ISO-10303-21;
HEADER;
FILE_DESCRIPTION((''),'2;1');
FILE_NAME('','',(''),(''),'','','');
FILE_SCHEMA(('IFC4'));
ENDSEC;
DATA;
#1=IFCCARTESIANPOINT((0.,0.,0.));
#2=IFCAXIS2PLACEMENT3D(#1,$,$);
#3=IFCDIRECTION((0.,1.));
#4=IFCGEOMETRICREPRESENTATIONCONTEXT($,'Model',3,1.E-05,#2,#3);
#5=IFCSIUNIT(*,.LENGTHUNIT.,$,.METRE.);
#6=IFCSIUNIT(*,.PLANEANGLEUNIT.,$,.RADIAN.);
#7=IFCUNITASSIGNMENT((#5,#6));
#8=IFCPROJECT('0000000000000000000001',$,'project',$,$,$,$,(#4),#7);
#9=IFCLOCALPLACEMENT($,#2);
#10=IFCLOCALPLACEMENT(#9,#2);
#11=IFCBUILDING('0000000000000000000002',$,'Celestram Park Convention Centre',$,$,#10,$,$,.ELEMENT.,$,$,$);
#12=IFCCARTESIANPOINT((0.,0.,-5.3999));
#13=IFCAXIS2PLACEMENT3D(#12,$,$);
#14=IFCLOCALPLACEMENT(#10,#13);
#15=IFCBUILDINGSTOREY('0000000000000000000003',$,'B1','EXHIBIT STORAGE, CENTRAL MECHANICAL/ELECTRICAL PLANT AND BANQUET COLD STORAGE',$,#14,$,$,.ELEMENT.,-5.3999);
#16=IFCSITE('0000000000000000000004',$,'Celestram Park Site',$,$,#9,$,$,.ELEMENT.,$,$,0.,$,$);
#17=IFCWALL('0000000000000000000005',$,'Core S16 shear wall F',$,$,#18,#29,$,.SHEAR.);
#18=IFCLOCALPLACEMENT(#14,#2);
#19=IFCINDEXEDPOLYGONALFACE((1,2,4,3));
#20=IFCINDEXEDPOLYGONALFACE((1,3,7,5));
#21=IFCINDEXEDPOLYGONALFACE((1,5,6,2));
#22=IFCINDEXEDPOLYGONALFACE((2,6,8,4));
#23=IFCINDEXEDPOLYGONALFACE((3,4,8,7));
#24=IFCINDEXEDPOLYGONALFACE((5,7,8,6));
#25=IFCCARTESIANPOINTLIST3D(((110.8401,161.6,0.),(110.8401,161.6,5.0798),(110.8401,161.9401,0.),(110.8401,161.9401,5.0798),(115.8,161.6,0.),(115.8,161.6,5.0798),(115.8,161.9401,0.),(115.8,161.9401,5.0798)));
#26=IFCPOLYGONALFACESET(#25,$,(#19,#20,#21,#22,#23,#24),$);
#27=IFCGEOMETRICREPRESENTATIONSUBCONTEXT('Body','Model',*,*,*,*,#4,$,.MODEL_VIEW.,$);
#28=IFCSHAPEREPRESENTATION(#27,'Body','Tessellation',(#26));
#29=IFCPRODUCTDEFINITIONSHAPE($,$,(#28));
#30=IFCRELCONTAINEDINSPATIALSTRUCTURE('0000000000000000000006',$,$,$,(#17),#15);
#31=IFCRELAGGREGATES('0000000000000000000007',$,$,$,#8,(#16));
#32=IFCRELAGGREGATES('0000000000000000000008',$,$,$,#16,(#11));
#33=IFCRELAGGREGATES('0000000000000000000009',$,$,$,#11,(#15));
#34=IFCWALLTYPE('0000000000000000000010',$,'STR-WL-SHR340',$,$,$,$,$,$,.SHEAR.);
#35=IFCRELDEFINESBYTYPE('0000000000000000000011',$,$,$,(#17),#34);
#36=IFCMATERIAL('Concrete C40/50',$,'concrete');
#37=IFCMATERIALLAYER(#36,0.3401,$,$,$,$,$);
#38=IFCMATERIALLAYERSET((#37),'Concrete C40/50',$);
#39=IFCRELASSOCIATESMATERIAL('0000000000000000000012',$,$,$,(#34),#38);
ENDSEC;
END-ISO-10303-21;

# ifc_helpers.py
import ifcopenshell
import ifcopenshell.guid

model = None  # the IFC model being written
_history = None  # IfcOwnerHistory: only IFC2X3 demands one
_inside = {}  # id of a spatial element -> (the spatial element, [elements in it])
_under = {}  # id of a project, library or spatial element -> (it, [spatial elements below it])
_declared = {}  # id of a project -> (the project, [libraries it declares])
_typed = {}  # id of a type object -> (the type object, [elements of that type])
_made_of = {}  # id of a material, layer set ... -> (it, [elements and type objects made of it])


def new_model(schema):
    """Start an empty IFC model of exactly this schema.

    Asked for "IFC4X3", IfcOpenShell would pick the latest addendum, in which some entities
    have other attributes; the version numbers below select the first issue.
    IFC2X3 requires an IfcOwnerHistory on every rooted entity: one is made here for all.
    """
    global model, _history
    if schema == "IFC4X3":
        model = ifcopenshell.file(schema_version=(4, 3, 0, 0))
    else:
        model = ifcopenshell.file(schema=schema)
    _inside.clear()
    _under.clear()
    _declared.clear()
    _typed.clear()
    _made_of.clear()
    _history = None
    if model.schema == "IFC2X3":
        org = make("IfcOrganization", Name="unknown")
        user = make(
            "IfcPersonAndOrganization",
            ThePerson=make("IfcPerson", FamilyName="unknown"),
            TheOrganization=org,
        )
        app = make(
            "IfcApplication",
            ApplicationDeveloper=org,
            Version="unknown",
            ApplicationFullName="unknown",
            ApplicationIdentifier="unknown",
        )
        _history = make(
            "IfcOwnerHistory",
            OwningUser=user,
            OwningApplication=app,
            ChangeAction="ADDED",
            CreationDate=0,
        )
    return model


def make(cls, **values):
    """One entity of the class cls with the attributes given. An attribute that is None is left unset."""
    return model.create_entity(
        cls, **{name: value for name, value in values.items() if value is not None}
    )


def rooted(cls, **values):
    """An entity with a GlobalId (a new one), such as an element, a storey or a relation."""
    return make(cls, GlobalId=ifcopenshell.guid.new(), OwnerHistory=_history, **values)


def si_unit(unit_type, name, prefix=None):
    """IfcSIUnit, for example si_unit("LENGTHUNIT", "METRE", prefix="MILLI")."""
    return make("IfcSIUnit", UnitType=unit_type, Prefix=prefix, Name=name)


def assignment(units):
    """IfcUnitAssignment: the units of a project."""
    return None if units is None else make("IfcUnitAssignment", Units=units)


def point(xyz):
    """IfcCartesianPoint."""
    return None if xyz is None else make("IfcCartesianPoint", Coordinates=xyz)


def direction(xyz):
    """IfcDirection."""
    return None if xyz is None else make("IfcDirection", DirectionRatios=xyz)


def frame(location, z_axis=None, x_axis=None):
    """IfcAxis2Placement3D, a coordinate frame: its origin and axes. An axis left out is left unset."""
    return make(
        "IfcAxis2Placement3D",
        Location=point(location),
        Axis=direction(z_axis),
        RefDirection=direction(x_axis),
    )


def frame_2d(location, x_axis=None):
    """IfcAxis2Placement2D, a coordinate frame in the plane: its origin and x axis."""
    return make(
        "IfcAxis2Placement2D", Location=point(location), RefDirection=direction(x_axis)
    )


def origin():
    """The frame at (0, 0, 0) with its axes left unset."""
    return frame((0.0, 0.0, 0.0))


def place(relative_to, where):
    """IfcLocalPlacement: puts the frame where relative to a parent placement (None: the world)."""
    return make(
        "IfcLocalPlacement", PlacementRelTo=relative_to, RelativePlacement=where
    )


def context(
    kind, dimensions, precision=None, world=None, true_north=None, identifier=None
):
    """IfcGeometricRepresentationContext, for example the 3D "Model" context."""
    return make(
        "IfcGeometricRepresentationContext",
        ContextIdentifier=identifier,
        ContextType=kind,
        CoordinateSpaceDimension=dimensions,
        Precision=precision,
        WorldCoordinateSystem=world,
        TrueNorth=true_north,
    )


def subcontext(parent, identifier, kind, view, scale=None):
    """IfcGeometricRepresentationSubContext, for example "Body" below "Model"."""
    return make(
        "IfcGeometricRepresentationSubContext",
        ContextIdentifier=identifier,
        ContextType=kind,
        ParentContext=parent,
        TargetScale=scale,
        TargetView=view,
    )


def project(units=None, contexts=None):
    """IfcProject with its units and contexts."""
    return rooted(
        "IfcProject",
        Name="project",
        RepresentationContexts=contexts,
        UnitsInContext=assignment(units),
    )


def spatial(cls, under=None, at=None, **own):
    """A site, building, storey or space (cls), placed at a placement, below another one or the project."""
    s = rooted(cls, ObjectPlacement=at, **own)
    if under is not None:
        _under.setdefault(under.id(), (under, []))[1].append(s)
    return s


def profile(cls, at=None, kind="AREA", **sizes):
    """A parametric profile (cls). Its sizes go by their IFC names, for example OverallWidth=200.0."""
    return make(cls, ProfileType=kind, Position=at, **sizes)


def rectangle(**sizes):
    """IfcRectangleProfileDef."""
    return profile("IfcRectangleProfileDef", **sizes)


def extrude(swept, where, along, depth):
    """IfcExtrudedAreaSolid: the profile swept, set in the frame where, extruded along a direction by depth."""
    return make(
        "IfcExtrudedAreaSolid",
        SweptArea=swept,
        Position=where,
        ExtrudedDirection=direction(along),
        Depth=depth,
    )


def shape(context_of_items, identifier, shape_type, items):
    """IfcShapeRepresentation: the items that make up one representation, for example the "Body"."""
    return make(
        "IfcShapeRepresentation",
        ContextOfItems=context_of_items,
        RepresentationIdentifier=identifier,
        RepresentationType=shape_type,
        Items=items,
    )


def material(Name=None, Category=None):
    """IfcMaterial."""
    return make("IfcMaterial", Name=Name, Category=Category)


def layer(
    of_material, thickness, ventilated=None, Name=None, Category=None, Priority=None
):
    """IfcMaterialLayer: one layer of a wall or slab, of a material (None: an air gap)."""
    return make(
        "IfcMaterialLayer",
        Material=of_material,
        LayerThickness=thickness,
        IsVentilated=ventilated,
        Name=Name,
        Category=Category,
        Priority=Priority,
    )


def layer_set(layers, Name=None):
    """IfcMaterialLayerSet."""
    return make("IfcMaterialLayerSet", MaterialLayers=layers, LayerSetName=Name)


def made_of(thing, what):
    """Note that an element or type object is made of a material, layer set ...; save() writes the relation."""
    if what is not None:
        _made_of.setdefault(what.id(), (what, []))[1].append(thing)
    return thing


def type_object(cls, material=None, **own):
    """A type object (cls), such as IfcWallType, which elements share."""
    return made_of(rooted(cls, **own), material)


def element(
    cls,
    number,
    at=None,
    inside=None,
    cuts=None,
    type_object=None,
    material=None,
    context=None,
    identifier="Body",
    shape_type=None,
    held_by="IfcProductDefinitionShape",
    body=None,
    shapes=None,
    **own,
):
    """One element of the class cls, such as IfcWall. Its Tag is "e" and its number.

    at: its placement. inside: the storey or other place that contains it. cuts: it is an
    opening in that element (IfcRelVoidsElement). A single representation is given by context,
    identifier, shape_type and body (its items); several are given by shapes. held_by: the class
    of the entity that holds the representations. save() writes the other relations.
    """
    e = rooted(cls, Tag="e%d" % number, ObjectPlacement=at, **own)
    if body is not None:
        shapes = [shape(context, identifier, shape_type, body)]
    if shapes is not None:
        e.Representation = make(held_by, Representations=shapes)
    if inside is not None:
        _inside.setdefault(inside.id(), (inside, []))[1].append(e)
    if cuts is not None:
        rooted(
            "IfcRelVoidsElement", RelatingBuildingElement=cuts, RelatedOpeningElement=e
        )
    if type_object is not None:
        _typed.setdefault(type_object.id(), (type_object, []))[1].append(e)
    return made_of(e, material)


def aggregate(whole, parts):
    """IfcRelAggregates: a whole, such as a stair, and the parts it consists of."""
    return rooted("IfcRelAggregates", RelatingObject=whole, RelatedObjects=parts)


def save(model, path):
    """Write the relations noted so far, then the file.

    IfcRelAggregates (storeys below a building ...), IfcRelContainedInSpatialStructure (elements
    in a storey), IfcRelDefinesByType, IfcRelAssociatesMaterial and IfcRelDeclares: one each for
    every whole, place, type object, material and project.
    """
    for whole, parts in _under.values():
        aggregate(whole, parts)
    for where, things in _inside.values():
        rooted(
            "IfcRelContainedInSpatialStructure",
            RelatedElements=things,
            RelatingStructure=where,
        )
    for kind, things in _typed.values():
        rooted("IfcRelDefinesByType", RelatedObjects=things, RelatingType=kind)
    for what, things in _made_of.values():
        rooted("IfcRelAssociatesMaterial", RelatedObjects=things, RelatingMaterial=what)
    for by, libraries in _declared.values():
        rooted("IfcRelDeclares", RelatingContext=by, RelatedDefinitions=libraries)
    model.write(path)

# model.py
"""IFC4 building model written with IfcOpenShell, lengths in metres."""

from ifc_helpers import new_model, si_unit, direction, frame, frame_2d, origin, place, context, subcontext, project, spatial, rectangle, extrude, material, layer, layer_set, type_object, element, save


model = new_model("IFC4")

# Units and contexts
model_context = context("Model", 3, precision=1e-05, world=origin(), true_north=direction((0.0, 1.0)))
body_context = subcontext(model_context, "Body", "Model", "MODEL_VIEW")
ifc_project = project(units=[si_unit("LENGTHUNIT", "METRE"), si_unit("PLANEANGLEUNIT", "RADIAN")], contexts=[model_context])

# Site, building, storey
site_placement = place(None, origin())
site = spatial("IfcSite", under=ifc_project, at=site_placement, Name="Celestram Park Site", CompositionType="ELEMENT", RefElevation=0.0)
building_placement = place(site_placement, origin())
building = spatial("IfcBuilding", under=site, at=building_placement, Name="Celestram Park Convention Centre", CompositionType="ELEMENT")
storey_placement = place(building_placement, frame((0.0, 0.0, -5.3999)))
storey = spatial("IfcBuildingStorey", under=building, at=storey_placement, Name="B1", Description="EXHIBIT STORAGE, CENTRAL MECHANICAL/ELECTRICAL PLANT AND BANQUET COLD STORAGE", CompositionType="ELEMENT", Elevation=-5.3999)

# Shared definitions
ifc_material_1 = material(Name="Concrete C40/50", Category="concrete")

# Wall
ifc_layer = layer(ifc_material_1, 0.3401)
ifc_layer_set = layer_set([ifc_layer], Name="Concrete C40/50")
wall_type = type_object("IfcWallType", Name="STR-WL-SHR340", PredefinedType="SHEAR", material=ifc_layer_set)
wall_1_placement = place(storey_placement, frame((110.8401, 161.77, 0.0), z_axis=(0.0, 0.0, 1.0), x_axis=(1.0, 0.0, 0.0)))
element("IfcWall", 1, at=wall_1_placement, inside=storey, type_object=wall_type, Name="Core S16 shear wall F", PredefinedType="SHEAR", context=body_context, shape_type="SweptSolid", body=[
    extrude(rectangle(XDim=4.96, YDim=0.3401, at=frame_2d((2.48, 0.0))), origin(), (0.0, 0.0, 1.0), 5.0798),
])

save(model, "model.ifc")
